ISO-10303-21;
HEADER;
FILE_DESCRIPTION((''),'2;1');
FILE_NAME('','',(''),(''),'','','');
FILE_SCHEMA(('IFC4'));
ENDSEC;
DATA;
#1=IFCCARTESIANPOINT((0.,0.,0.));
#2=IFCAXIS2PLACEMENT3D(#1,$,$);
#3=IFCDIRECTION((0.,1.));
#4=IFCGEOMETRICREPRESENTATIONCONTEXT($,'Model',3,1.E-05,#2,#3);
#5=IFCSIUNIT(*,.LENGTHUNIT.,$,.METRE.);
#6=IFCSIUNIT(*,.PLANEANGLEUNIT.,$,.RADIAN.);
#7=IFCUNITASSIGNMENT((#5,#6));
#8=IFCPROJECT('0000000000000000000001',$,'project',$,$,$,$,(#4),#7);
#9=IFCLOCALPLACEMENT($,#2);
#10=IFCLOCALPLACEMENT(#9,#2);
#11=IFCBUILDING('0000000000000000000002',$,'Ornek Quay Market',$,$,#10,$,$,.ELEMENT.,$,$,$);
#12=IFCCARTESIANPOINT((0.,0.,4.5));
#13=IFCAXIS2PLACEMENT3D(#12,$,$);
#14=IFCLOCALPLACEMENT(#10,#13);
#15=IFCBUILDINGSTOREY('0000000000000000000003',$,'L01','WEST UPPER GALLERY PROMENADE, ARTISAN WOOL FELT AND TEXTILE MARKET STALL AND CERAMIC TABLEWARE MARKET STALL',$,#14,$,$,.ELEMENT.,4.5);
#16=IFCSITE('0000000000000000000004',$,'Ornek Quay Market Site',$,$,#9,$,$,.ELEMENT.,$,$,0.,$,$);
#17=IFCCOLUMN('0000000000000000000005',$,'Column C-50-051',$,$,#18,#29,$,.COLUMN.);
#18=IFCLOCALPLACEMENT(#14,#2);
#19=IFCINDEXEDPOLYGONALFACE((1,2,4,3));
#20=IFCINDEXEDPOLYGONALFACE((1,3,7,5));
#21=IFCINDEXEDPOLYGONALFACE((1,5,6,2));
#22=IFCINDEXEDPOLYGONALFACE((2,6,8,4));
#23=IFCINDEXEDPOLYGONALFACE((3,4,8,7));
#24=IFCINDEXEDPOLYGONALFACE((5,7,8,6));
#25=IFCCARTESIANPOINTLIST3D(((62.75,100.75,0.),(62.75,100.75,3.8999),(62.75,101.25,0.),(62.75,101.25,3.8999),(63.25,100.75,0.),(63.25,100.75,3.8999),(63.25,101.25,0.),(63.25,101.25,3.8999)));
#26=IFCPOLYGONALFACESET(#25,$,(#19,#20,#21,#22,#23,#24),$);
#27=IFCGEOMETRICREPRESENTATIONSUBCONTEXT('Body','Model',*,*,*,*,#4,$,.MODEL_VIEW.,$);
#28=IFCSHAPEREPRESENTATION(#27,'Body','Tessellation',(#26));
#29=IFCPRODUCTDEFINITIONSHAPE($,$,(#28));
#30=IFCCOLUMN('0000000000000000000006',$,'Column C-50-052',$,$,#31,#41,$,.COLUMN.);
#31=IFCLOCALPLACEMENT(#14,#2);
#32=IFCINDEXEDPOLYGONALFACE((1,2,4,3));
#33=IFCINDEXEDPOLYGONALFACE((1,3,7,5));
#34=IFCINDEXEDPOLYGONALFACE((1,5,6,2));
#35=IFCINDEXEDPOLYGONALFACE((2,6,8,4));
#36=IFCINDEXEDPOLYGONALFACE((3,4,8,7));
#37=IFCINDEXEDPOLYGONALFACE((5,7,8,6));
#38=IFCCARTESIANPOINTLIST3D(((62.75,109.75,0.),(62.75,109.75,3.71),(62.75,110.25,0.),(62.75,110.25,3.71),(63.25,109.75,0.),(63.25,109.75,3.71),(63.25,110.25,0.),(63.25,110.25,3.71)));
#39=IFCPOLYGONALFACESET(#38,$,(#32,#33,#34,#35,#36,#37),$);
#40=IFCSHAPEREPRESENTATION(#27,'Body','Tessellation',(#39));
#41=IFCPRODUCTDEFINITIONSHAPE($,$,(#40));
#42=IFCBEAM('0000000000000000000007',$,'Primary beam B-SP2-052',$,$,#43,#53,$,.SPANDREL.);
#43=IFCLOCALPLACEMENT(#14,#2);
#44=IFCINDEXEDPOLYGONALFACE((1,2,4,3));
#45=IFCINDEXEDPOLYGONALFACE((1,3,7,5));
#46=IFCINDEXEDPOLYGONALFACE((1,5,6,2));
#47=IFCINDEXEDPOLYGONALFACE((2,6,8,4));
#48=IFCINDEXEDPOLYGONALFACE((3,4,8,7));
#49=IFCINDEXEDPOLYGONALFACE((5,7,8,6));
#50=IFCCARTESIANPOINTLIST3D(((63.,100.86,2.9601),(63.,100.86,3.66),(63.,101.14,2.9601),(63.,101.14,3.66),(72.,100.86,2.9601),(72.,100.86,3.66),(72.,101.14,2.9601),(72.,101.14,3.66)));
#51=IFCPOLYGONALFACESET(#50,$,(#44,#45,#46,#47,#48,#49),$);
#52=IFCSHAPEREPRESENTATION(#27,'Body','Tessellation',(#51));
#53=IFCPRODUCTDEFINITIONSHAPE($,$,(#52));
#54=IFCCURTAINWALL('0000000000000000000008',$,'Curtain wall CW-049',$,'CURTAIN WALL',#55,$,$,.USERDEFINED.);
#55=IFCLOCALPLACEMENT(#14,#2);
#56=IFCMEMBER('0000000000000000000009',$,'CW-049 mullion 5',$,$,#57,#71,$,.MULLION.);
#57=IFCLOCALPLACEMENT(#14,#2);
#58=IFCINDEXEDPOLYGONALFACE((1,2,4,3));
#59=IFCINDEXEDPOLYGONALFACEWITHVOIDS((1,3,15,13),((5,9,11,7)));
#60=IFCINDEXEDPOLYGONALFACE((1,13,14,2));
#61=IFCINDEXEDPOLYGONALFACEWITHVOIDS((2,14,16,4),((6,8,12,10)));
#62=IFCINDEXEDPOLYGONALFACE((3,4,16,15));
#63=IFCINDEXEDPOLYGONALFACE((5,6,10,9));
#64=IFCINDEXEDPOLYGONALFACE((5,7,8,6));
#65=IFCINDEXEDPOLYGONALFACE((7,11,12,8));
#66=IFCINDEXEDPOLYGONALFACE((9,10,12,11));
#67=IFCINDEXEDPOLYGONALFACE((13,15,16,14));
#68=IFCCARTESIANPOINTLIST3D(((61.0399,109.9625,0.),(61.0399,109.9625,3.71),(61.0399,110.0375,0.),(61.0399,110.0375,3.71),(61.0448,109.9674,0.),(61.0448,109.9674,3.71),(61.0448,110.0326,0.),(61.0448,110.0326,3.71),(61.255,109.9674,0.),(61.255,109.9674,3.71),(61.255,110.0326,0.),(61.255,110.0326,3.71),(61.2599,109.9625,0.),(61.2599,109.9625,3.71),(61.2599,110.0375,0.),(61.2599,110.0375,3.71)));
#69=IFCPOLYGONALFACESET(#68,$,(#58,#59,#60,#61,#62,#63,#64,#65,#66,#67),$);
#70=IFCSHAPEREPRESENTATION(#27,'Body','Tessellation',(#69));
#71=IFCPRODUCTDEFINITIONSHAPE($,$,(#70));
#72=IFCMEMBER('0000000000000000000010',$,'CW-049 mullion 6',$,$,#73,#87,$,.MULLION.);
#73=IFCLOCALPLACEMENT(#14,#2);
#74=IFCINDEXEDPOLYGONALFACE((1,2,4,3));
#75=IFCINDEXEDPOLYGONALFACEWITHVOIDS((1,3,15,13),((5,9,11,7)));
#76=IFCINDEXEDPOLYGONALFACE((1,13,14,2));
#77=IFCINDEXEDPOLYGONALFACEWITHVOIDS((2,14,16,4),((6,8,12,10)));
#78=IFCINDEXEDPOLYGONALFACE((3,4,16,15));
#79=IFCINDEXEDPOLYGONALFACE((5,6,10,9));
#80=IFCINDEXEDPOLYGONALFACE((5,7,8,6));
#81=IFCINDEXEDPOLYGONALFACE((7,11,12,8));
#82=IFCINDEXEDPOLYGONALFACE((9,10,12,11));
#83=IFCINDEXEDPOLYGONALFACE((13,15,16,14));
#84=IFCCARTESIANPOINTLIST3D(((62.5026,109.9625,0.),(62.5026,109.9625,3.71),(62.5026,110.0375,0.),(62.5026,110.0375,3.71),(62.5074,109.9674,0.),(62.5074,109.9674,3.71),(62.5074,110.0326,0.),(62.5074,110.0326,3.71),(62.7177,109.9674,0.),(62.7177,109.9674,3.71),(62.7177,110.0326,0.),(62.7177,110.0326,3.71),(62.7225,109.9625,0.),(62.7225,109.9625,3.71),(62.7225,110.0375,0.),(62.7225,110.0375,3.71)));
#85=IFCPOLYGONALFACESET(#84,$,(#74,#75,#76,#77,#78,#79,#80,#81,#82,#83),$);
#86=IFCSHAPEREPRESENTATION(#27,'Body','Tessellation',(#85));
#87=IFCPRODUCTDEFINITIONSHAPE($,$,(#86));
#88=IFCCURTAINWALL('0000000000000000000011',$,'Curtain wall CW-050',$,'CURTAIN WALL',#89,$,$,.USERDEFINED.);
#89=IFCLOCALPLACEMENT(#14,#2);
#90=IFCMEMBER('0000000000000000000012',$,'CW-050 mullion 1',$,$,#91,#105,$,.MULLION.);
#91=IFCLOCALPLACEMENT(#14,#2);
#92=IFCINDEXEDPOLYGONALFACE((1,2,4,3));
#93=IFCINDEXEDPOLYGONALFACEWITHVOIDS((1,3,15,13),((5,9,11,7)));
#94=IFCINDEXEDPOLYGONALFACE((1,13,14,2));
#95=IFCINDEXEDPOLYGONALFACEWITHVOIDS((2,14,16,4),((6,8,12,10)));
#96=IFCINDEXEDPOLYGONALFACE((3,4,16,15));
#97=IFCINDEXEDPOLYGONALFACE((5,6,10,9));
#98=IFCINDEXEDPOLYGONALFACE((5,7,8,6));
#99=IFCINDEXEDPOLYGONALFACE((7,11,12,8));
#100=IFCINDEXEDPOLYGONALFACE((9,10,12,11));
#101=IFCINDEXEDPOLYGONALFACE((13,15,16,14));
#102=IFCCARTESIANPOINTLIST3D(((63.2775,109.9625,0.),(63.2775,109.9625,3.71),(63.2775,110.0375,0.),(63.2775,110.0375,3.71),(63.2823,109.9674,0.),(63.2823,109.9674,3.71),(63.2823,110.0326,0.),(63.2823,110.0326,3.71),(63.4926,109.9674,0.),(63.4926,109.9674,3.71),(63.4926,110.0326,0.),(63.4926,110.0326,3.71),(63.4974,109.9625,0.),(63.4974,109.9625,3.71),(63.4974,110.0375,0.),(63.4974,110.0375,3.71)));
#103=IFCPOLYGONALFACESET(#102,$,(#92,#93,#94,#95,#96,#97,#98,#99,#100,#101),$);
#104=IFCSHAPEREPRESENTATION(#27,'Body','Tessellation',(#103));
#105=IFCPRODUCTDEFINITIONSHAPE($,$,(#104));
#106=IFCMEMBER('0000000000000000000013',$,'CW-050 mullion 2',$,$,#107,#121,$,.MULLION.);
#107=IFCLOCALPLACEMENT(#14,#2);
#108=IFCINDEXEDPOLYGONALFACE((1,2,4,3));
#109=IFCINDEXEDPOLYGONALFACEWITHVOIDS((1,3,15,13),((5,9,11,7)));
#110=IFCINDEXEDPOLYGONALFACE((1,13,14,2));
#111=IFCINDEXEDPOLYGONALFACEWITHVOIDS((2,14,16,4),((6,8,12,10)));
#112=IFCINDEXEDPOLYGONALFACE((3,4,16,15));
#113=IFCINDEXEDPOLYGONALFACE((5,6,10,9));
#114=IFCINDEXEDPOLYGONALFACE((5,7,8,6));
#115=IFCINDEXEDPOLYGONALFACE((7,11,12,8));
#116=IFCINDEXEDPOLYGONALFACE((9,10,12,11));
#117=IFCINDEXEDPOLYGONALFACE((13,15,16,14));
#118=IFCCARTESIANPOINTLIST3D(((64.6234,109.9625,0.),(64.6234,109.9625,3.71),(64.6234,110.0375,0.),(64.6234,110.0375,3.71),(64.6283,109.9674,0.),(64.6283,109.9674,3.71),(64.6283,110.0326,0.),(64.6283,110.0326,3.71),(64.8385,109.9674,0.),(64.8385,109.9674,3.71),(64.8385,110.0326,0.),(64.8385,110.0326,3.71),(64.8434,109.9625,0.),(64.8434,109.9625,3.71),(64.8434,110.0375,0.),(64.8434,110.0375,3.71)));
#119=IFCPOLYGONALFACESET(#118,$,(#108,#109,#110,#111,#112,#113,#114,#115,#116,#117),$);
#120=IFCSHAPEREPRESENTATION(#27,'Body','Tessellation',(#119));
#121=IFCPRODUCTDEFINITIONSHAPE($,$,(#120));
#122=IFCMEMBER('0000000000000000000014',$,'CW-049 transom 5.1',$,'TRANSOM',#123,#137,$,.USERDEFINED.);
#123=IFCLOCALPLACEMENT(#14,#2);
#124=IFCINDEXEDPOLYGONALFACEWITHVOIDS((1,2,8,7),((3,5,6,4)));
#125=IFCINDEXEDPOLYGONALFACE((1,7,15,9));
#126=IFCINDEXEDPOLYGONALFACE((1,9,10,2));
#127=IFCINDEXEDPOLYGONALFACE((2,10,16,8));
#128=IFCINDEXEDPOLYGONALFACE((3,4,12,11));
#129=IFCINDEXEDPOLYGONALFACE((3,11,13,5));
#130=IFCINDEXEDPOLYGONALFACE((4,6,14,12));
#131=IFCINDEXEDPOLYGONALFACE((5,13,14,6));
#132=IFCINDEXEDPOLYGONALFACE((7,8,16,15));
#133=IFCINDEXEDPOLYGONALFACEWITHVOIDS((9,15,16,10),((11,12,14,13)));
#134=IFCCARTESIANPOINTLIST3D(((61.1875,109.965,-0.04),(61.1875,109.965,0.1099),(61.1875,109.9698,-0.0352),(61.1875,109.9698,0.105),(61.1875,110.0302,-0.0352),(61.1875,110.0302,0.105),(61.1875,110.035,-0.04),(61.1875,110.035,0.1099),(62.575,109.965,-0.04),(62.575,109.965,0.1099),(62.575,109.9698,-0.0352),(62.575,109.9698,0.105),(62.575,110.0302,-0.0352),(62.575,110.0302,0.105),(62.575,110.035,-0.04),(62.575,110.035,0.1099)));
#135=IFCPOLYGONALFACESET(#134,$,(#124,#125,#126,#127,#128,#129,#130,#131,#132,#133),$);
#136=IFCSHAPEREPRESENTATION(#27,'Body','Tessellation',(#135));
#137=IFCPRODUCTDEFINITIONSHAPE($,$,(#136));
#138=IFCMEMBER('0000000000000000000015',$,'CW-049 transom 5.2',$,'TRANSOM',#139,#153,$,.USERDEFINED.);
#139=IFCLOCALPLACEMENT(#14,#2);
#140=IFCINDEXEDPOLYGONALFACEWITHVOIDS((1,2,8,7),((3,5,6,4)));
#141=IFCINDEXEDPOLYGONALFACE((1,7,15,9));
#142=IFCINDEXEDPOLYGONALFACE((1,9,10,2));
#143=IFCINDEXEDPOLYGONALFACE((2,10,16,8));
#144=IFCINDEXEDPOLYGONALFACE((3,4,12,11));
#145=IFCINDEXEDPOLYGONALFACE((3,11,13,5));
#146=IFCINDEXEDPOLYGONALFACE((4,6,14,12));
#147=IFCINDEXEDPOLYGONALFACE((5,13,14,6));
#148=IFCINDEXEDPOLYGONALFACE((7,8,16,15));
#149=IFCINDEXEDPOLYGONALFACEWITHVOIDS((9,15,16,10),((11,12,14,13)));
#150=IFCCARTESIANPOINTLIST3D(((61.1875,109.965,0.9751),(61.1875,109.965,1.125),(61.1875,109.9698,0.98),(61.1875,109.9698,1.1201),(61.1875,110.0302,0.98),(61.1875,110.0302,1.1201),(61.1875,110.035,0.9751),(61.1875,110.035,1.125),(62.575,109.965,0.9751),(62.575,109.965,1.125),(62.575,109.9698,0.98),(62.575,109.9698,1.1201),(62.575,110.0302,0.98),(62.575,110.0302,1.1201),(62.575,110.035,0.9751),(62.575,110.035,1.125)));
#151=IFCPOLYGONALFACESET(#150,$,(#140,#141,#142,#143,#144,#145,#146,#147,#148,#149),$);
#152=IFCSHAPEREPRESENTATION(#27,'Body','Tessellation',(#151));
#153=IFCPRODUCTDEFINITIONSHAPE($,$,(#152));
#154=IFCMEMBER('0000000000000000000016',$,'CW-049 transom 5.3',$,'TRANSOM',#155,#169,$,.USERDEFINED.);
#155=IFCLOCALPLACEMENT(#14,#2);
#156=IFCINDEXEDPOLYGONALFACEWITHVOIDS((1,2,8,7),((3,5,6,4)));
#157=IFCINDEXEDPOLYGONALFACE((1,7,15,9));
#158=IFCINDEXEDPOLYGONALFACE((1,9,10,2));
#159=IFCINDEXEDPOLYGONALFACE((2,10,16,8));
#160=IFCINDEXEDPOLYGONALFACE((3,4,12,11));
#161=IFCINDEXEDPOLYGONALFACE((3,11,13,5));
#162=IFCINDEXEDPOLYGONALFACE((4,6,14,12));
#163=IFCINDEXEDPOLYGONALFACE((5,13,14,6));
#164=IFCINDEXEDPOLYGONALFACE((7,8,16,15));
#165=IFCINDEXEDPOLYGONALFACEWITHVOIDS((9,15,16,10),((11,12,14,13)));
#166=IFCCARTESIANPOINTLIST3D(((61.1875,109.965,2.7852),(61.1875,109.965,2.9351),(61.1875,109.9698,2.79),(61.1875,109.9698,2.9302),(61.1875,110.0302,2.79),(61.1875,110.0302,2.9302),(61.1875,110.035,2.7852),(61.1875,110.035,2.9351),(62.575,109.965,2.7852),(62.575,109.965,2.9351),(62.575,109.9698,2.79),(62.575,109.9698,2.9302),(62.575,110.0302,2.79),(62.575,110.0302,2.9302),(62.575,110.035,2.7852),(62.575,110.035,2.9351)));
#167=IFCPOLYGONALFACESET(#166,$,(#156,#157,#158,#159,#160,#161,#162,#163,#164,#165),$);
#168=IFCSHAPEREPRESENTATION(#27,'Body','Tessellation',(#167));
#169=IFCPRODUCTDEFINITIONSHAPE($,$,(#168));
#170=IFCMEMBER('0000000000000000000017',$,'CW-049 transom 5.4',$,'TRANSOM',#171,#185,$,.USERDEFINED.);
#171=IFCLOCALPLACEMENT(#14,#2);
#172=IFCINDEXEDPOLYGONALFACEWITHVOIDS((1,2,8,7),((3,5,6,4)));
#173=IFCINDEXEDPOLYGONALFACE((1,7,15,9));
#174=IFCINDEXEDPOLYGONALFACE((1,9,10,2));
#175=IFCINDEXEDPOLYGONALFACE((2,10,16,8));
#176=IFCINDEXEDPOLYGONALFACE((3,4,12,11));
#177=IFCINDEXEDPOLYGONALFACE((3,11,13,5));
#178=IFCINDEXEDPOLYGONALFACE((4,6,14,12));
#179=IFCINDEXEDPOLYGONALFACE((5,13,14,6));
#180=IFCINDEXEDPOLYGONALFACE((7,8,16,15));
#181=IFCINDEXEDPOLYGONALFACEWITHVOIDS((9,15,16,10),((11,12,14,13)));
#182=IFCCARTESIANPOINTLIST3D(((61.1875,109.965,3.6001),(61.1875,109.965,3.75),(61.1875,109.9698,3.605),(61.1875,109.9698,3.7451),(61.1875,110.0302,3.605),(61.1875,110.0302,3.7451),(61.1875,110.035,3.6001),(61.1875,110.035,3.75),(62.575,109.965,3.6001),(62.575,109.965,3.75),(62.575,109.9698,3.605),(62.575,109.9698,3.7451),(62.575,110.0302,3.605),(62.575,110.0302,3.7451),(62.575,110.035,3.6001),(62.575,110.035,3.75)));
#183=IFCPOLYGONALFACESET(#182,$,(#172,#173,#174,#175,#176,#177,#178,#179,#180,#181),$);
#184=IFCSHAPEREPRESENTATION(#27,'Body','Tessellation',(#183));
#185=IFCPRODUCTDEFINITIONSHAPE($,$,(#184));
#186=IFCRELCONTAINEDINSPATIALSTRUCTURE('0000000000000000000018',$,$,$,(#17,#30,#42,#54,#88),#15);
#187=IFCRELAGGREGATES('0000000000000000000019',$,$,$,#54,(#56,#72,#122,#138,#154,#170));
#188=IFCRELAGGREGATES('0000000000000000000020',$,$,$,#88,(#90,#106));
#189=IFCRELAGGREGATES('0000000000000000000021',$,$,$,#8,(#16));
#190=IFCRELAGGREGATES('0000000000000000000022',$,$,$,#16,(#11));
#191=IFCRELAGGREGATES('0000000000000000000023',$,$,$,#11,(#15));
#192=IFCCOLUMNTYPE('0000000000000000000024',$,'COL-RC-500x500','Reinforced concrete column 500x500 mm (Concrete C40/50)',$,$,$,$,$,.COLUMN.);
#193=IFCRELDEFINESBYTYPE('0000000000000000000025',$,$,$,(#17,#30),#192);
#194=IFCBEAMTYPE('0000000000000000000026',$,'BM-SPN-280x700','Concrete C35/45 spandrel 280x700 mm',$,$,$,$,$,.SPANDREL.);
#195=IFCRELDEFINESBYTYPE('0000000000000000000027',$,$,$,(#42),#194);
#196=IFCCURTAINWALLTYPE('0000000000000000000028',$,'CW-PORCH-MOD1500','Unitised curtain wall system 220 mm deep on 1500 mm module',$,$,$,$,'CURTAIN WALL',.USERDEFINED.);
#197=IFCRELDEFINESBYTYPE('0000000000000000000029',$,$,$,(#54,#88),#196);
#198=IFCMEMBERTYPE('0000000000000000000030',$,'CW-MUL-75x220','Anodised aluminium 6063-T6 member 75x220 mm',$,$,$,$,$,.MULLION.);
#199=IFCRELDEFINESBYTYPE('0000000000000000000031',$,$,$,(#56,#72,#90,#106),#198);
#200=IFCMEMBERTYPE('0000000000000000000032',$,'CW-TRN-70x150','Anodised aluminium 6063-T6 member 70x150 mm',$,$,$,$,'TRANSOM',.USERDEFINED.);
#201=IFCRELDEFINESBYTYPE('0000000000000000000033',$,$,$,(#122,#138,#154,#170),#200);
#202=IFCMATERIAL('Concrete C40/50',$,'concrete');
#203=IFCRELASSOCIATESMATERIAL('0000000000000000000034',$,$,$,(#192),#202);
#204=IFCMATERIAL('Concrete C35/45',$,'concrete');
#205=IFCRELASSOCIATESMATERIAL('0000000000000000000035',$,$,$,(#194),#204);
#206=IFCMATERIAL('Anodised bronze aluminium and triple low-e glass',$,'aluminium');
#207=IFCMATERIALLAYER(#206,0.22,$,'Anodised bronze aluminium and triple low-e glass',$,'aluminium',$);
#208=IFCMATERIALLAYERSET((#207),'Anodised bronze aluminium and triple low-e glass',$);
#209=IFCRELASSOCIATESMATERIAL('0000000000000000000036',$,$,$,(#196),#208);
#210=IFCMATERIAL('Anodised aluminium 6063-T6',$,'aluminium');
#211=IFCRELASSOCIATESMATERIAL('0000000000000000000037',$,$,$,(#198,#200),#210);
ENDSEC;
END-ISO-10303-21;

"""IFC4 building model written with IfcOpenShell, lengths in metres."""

from ifc_helpers import new_model, si_unit, direction, frame, origin, origin_2d, place, context, subcontext, project, spatial, rectangle, hollow_rectangle, extrude, material, layer, layer_set, material_profile, profile_set, type_object, element, aggregate, save


model = new_model("IFC4")

# Units and contexts
model_context = context("Model", 3, precision=1e-05, world=origin(), true_north=direction((0.0, 1.0)))
body_context = subcontext(model_context, "Body", "Model", "MODEL_VIEW")
ifc_project = project(units=[si_unit("LENGTHUNIT", "METRE"), si_unit("PLANEANGLEUNIT", "RADIAN")], contexts=[model_context])

# Site, building, storey
site_placement = place(None, origin())
site = spatial("IfcSite", under=ifc_project, at=site_placement, Name="Ornek Quay Market Site", CompositionType="ELEMENT", RefElevation=0.0)
building_placement = place(site_placement, origin())
building = spatial("IfcBuilding", under=site, at=building_placement, Name="Ornek Quay Market", CompositionType="ELEMENT")
storey_placement = place(building_placement, frame((0.0, 0.0, 4.5)))
storey = spatial("IfcBuildingStorey", under=building, at=storey_placement, Name="L01", Description="WEST UPPER GALLERY PROMENADE, ARTISAN WOOL FELT AND TEXTILE MARKET STALL AND CERAMIC TABLEWARE MARKET STALL", CompositionType="ELEMENT", Elevation=4.5)

# Columns
ifc_material_1 = material(Name="Concrete C40/50", Category="concrete")
ifc_material_profile_1 = material_profile(ifc_material_1, rectangle(XDim=0.5, YDim=0.5, at=origin_2d()), Name="RC 500x500", Category="concrete")
ifc_profile_set_1 = profile_set([ifc_material_profile_1], Name="Concrete C40/50")
column_type = type_object("IfcColumnType", Name="COL-RC-500x500", Description="Reinforced concrete column 500x500 mm (Concrete C40/50)", PredefinedType="COLUMN", material=ifc_profile_set_1)
column_1_placement = place(storey_placement, frame((63.0, 101.0, 0.0), z_axis=(0.0, 0.0, 1.0), x_axis=(1.0, 0.0, 0.0)))
element("IfcColumn", 1, at=column_1_placement, inside=storey, type_object=column_type, Name="Column C-50-051", PredefinedType="COLUMN", context=body_context, shape_type="SweptSolid", body=[
    extrude(rectangle(XDim=0.5, YDim=0.5, at=origin_2d()), origin(), (0.0, 0.0, 1.0), 3.8999),
])
column_2_placement = place(storey_placement, frame((63.0, 110.0, 0.0), z_axis=(0.0, 0.0, 1.0), x_axis=(1.0, 0.0, 0.0)))
element("IfcColumn", 2, at=column_2_placement, inside=storey, type_object=column_type, Name="Column C-50-052", PredefinedType="COLUMN", context=body_context, shape_type="SweptSolid", body=[
    extrude(rectangle(XDim=0.5, YDim=0.5, at=origin_2d()), origin(), (0.0, 0.0, 1.0), 3.71),
])

# Beam
ifc_material_2 = material(Name="Concrete C35/45", Category="concrete")
ifc_material_profile_2 = material_profile(ifc_material_2, rectangle(XDim=0.28, YDim=0.7, at=origin_2d()), Name="RC 280x700", Category="concrete")
ifc_profile_set_2 = profile_set([ifc_material_profile_2], Name="Concrete C35/45")
beam_type = type_object("IfcBeamType", Name="BM-SPN-280x700", Description="Concrete C35/45 spandrel 280x700 mm", PredefinedType="SPANDREL", material=ifc_profile_set_2)
beam_placement = place(storey_placement, frame((63.0, 101.0, 3.3101), z_axis=(1.0, 0.0, 0.0), x_axis=(0.0, 1.0, 0.0)))
element("IfcBeam", 3, at=beam_placement, inside=storey, type_object=beam_type, Name="Primary beam B-SP2-052", PredefinedType="SPANDREL", context=body_context, shape_type="SweptSolid", body=[
    extrude(rectangle(XDim=0.28, YDim=0.7, at=origin_2d()), origin(), (0.0, 0.0, 1.0), 9.0),
])

# Curtain walls, members
ifc_material_3 = material(Name="Anodised bronze aluminium and triple low-e glass", Category="aluminium")
ifc_layer_1 = layer(ifc_material_3, 0.22, Name="Anodised bronze aluminium and triple low-e glass", Category="aluminium")
ifc_layer_set_1 = layer_set([ifc_layer_1], Name="Anodised bronze aluminium and triple low-e glass")
curtain_wall_type = type_object("IfcCurtainWallType", Name="CW-PORCH-MOD1500", Description="Unitised curtain wall system 220 mm deep on 1500 mm module", ElementType="CURTAIN WALL", PredefinedType="USERDEFINED", material=ifc_layer_set_1)
curtain_wall_1_placement = place(storey_placement, origin())
curtain_wall_1 = element("IfcCurtainWall", 4, at=curtain_wall_1_placement, inside=storey, type_object=curtain_wall_type, Name="Curtain wall CW-049", ObjectType="CURTAIN WALL", PredefinedType="USERDEFINED")
ifc_material_4 = material(Name="Anodised aluminium 6063-T6", Category="aluminium")
ifc_material_profile_3 = material_profile(ifc_material_4, hollow_rectangle(XDim=0.075, YDim=0.22, WallThickness=0.0049, at=origin_2d()), Name="CW-MUL-75x220", Category="aluminium")
ifc_profile_set_3 = profile_set([ifc_material_profile_3], Name="Anodised aluminium 6063-T6")
member_type_1 = type_object("IfcMemberType", Name="CW-MUL-75x220", Description="Anodised aluminium 6063-T6 member 75x220 mm", PredefinedType="MULLION", material=ifc_profile_set_3)
member_1_placement = place(storey_placement, frame((61.1499, 110.0, 0.0), z_axis=(0.0, 0.0, 1.0), x_axis=(0.0, 1.0, 0.0)))
member_1 = element("IfcMember", 5, at=member_1_placement, type_object=member_type_1, Name="CW-049 mullion 5", PredefinedType="MULLION", context=body_context, shape_type="SweptSolid", body=[
    extrude(hollow_rectangle(XDim=0.075, YDim=0.22, WallThickness=0.0049, at=origin_2d()), origin(), (0.0, 0.0, 1.0), 3.71),
])
member_2_placement = place(storey_placement, frame((62.6125, 110.0, 0.0), z_axis=(0.0, 0.0, 1.0), x_axis=(0.0, 1.0, 0.0)))
member_2 = element("IfcMember", 6, at=member_2_placement, type_object=member_type_1, Name="CW-049 mullion 6", PredefinedType="MULLION", context=body_context, shape_type="SweptSolid", body=[
    extrude(hollow_rectangle(XDim=0.075, YDim=0.22, WallThickness=0.0049, at=origin_2d()), origin(), (0.0, 0.0, 1.0), 3.71),
])
curtain_wall_2_placement = place(storey_placement, origin())
curtain_wall_2 = element("IfcCurtainWall", 7, at=curtain_wall_2_placement, inside=storey, type_object=curtain_wall_type, Name="Curtain wall CW-050", ObjectType="CURTAIN WALL", PredefinedType="USERDEFINED")
member_3_placement = place(storey_placement, frame((63.3875, 110.0, 0.0), z_axis=(0.0, 0.0, 1.0), x_axis=(0.0, 1.0, 0.0)))
member_3 = element("IfcMember", 8, at=member_3_placement, type_object=member_type_1, Name="CW-050 mullion 1", PredefinedType="MULLION", context=body_context, shape_type="SweptSolid", body=[
    extrude(hollow_rectangle(XDim=0.075, YDim=0.22, WallThickness=0.0049, at=origin_2d()), origin(), (0.0, 0.0, 1.0), 3.71),
])
member_4_placement = place(storey_placement, frame((64.7334, 110.0, 0.0), z_axis=(0.0, 0.0, 1.0), x_axis=(0.0, 1.0, 0.0)))
member_4 = element("IfcMember", 9, at=member_4_placement, type_object=member_type_1, Name="CW-050 mullion 2", PredefinedType="MULLION", context=body_context, shape_type="SweptSolid", body=[
    extrude(hollow_rectangle(XDim=0.075, YDim=0.22, WallThickness=0.0049, at=origin_2d()), origin(), (0.0, 0.0, 1.0), 3.71),
])

# Members
ifc_material_profile_4 = material_profile(ifc_material_4, hollow_rectangle(XDim=0.0701, YDim=0.1499, WallThickness=0.0049, at=origin_2d()), Name="CW-TRN-70x150", Category="aluminium")
ifc_profile_set_4 = profile_set([ifc_material_profile_4], Name="Anodised aluminium 6063-T6")
member_type_2 = type_object("IfcMemberType", Name="CW-TRN-70x150", Description="Anodised aluminium 6063-T6 member 70x150 mm", ElementType="TRANSOM", PredefinedType="USERDEFINED", material=ifc_profile_set_4)
member_5_placement = place(storey_placement, frame((61.1875, 110.0, 0.0349), z_axis=(1.0, 0.0, 0.0), x_axis=(0.0, 1.0, 0.0)))
member_5 = element("IfcMember", 10, at=member_5_placement, type_object=member_type_2, Name="CW-049 transom 5.1", ObjectType="TRANSOM", PredefinedType="USERDEFINED", context=body_context, shape_type="SweptSolid", body=[
    extrude(hollow_rectangle(XDim=0.0701, YDim=0.1499, WallThickness=0.0049, at=origin_2d()), origin(), (0.0, 0.0, 1.0), 1.3875),
])
member_6_placement = place(storey_placement, frame((61.1875, 110.0, 1.05), z_axis=(1.0, 0.0, 0.0), x_axis=(0.0, 1.0, 0.0)))
member_6 = element("IfcMember", 11, at=member_6_placement, type_object=member_type_2, Name="CW-049 transom 5.2", ObjectType="TRANSOM", PredefinedType="USERDEFINED", context=body_context, shape_type="SweptSolid", body=[
    extrude(hollow_rectangle(XDim=0.0701, YDim=0.1499, WallThickness=0.0049, at=origin_2d()), origin(), (0.0, 0.0, 1.0), 1.3875),
])
member_7_placement = place(storey_placement, frame((61.1875, 110.0, 2.8601), z_axis=(1.0, 0.0, 0.0), x_axis=(0.0, 1.0, 0.0)))
member_7 = element("IfcMember", 12, at=member_7_placement, type_object=member_type_2, Name="CW-049 transom 5.3", ObjectType="TRANSOM", PredefinedType="USERDEFINED", context=body_context, shape_type="SweptSolid", body=[
    extrude(hollow_rectangle(XDim=0.0701, YDim=0.1499, WallThickness=0.0049, at=origin_2d()), origin(), (0.0, 0.0, 1.0), 1.3875),
])
member_8_placement = place(storey_placement, frame((61.1875, 110.0, 3.675), z_axis=(1.0, 0.0, 0.0), x_axis=(0.0, 1.0, 0.0)))
member_8 = element("IfcMember", 13, at=member_8_placement, type_object=member_type_2, Name="CW-049 transom 5.4", ObjectType="TRANSOM", PredefinedType="USERDEFINED", context=body_context, shape_type="SweptSolid", body=[
    extrude(hollow_rectangle(XDim=0.0701, YDim=0.1499, WallThickness=0.0049, at=origin_2d()), origin(), (0.0, 0.0, 1.0), 1.3875),
])

aggregate(curtain_wall_1, [member_1, member_2, member_5, member_6, member_7, member_8])
aggregate(curtain_wall_2, [member_3, member_4])

save(model, "model.ifc")
